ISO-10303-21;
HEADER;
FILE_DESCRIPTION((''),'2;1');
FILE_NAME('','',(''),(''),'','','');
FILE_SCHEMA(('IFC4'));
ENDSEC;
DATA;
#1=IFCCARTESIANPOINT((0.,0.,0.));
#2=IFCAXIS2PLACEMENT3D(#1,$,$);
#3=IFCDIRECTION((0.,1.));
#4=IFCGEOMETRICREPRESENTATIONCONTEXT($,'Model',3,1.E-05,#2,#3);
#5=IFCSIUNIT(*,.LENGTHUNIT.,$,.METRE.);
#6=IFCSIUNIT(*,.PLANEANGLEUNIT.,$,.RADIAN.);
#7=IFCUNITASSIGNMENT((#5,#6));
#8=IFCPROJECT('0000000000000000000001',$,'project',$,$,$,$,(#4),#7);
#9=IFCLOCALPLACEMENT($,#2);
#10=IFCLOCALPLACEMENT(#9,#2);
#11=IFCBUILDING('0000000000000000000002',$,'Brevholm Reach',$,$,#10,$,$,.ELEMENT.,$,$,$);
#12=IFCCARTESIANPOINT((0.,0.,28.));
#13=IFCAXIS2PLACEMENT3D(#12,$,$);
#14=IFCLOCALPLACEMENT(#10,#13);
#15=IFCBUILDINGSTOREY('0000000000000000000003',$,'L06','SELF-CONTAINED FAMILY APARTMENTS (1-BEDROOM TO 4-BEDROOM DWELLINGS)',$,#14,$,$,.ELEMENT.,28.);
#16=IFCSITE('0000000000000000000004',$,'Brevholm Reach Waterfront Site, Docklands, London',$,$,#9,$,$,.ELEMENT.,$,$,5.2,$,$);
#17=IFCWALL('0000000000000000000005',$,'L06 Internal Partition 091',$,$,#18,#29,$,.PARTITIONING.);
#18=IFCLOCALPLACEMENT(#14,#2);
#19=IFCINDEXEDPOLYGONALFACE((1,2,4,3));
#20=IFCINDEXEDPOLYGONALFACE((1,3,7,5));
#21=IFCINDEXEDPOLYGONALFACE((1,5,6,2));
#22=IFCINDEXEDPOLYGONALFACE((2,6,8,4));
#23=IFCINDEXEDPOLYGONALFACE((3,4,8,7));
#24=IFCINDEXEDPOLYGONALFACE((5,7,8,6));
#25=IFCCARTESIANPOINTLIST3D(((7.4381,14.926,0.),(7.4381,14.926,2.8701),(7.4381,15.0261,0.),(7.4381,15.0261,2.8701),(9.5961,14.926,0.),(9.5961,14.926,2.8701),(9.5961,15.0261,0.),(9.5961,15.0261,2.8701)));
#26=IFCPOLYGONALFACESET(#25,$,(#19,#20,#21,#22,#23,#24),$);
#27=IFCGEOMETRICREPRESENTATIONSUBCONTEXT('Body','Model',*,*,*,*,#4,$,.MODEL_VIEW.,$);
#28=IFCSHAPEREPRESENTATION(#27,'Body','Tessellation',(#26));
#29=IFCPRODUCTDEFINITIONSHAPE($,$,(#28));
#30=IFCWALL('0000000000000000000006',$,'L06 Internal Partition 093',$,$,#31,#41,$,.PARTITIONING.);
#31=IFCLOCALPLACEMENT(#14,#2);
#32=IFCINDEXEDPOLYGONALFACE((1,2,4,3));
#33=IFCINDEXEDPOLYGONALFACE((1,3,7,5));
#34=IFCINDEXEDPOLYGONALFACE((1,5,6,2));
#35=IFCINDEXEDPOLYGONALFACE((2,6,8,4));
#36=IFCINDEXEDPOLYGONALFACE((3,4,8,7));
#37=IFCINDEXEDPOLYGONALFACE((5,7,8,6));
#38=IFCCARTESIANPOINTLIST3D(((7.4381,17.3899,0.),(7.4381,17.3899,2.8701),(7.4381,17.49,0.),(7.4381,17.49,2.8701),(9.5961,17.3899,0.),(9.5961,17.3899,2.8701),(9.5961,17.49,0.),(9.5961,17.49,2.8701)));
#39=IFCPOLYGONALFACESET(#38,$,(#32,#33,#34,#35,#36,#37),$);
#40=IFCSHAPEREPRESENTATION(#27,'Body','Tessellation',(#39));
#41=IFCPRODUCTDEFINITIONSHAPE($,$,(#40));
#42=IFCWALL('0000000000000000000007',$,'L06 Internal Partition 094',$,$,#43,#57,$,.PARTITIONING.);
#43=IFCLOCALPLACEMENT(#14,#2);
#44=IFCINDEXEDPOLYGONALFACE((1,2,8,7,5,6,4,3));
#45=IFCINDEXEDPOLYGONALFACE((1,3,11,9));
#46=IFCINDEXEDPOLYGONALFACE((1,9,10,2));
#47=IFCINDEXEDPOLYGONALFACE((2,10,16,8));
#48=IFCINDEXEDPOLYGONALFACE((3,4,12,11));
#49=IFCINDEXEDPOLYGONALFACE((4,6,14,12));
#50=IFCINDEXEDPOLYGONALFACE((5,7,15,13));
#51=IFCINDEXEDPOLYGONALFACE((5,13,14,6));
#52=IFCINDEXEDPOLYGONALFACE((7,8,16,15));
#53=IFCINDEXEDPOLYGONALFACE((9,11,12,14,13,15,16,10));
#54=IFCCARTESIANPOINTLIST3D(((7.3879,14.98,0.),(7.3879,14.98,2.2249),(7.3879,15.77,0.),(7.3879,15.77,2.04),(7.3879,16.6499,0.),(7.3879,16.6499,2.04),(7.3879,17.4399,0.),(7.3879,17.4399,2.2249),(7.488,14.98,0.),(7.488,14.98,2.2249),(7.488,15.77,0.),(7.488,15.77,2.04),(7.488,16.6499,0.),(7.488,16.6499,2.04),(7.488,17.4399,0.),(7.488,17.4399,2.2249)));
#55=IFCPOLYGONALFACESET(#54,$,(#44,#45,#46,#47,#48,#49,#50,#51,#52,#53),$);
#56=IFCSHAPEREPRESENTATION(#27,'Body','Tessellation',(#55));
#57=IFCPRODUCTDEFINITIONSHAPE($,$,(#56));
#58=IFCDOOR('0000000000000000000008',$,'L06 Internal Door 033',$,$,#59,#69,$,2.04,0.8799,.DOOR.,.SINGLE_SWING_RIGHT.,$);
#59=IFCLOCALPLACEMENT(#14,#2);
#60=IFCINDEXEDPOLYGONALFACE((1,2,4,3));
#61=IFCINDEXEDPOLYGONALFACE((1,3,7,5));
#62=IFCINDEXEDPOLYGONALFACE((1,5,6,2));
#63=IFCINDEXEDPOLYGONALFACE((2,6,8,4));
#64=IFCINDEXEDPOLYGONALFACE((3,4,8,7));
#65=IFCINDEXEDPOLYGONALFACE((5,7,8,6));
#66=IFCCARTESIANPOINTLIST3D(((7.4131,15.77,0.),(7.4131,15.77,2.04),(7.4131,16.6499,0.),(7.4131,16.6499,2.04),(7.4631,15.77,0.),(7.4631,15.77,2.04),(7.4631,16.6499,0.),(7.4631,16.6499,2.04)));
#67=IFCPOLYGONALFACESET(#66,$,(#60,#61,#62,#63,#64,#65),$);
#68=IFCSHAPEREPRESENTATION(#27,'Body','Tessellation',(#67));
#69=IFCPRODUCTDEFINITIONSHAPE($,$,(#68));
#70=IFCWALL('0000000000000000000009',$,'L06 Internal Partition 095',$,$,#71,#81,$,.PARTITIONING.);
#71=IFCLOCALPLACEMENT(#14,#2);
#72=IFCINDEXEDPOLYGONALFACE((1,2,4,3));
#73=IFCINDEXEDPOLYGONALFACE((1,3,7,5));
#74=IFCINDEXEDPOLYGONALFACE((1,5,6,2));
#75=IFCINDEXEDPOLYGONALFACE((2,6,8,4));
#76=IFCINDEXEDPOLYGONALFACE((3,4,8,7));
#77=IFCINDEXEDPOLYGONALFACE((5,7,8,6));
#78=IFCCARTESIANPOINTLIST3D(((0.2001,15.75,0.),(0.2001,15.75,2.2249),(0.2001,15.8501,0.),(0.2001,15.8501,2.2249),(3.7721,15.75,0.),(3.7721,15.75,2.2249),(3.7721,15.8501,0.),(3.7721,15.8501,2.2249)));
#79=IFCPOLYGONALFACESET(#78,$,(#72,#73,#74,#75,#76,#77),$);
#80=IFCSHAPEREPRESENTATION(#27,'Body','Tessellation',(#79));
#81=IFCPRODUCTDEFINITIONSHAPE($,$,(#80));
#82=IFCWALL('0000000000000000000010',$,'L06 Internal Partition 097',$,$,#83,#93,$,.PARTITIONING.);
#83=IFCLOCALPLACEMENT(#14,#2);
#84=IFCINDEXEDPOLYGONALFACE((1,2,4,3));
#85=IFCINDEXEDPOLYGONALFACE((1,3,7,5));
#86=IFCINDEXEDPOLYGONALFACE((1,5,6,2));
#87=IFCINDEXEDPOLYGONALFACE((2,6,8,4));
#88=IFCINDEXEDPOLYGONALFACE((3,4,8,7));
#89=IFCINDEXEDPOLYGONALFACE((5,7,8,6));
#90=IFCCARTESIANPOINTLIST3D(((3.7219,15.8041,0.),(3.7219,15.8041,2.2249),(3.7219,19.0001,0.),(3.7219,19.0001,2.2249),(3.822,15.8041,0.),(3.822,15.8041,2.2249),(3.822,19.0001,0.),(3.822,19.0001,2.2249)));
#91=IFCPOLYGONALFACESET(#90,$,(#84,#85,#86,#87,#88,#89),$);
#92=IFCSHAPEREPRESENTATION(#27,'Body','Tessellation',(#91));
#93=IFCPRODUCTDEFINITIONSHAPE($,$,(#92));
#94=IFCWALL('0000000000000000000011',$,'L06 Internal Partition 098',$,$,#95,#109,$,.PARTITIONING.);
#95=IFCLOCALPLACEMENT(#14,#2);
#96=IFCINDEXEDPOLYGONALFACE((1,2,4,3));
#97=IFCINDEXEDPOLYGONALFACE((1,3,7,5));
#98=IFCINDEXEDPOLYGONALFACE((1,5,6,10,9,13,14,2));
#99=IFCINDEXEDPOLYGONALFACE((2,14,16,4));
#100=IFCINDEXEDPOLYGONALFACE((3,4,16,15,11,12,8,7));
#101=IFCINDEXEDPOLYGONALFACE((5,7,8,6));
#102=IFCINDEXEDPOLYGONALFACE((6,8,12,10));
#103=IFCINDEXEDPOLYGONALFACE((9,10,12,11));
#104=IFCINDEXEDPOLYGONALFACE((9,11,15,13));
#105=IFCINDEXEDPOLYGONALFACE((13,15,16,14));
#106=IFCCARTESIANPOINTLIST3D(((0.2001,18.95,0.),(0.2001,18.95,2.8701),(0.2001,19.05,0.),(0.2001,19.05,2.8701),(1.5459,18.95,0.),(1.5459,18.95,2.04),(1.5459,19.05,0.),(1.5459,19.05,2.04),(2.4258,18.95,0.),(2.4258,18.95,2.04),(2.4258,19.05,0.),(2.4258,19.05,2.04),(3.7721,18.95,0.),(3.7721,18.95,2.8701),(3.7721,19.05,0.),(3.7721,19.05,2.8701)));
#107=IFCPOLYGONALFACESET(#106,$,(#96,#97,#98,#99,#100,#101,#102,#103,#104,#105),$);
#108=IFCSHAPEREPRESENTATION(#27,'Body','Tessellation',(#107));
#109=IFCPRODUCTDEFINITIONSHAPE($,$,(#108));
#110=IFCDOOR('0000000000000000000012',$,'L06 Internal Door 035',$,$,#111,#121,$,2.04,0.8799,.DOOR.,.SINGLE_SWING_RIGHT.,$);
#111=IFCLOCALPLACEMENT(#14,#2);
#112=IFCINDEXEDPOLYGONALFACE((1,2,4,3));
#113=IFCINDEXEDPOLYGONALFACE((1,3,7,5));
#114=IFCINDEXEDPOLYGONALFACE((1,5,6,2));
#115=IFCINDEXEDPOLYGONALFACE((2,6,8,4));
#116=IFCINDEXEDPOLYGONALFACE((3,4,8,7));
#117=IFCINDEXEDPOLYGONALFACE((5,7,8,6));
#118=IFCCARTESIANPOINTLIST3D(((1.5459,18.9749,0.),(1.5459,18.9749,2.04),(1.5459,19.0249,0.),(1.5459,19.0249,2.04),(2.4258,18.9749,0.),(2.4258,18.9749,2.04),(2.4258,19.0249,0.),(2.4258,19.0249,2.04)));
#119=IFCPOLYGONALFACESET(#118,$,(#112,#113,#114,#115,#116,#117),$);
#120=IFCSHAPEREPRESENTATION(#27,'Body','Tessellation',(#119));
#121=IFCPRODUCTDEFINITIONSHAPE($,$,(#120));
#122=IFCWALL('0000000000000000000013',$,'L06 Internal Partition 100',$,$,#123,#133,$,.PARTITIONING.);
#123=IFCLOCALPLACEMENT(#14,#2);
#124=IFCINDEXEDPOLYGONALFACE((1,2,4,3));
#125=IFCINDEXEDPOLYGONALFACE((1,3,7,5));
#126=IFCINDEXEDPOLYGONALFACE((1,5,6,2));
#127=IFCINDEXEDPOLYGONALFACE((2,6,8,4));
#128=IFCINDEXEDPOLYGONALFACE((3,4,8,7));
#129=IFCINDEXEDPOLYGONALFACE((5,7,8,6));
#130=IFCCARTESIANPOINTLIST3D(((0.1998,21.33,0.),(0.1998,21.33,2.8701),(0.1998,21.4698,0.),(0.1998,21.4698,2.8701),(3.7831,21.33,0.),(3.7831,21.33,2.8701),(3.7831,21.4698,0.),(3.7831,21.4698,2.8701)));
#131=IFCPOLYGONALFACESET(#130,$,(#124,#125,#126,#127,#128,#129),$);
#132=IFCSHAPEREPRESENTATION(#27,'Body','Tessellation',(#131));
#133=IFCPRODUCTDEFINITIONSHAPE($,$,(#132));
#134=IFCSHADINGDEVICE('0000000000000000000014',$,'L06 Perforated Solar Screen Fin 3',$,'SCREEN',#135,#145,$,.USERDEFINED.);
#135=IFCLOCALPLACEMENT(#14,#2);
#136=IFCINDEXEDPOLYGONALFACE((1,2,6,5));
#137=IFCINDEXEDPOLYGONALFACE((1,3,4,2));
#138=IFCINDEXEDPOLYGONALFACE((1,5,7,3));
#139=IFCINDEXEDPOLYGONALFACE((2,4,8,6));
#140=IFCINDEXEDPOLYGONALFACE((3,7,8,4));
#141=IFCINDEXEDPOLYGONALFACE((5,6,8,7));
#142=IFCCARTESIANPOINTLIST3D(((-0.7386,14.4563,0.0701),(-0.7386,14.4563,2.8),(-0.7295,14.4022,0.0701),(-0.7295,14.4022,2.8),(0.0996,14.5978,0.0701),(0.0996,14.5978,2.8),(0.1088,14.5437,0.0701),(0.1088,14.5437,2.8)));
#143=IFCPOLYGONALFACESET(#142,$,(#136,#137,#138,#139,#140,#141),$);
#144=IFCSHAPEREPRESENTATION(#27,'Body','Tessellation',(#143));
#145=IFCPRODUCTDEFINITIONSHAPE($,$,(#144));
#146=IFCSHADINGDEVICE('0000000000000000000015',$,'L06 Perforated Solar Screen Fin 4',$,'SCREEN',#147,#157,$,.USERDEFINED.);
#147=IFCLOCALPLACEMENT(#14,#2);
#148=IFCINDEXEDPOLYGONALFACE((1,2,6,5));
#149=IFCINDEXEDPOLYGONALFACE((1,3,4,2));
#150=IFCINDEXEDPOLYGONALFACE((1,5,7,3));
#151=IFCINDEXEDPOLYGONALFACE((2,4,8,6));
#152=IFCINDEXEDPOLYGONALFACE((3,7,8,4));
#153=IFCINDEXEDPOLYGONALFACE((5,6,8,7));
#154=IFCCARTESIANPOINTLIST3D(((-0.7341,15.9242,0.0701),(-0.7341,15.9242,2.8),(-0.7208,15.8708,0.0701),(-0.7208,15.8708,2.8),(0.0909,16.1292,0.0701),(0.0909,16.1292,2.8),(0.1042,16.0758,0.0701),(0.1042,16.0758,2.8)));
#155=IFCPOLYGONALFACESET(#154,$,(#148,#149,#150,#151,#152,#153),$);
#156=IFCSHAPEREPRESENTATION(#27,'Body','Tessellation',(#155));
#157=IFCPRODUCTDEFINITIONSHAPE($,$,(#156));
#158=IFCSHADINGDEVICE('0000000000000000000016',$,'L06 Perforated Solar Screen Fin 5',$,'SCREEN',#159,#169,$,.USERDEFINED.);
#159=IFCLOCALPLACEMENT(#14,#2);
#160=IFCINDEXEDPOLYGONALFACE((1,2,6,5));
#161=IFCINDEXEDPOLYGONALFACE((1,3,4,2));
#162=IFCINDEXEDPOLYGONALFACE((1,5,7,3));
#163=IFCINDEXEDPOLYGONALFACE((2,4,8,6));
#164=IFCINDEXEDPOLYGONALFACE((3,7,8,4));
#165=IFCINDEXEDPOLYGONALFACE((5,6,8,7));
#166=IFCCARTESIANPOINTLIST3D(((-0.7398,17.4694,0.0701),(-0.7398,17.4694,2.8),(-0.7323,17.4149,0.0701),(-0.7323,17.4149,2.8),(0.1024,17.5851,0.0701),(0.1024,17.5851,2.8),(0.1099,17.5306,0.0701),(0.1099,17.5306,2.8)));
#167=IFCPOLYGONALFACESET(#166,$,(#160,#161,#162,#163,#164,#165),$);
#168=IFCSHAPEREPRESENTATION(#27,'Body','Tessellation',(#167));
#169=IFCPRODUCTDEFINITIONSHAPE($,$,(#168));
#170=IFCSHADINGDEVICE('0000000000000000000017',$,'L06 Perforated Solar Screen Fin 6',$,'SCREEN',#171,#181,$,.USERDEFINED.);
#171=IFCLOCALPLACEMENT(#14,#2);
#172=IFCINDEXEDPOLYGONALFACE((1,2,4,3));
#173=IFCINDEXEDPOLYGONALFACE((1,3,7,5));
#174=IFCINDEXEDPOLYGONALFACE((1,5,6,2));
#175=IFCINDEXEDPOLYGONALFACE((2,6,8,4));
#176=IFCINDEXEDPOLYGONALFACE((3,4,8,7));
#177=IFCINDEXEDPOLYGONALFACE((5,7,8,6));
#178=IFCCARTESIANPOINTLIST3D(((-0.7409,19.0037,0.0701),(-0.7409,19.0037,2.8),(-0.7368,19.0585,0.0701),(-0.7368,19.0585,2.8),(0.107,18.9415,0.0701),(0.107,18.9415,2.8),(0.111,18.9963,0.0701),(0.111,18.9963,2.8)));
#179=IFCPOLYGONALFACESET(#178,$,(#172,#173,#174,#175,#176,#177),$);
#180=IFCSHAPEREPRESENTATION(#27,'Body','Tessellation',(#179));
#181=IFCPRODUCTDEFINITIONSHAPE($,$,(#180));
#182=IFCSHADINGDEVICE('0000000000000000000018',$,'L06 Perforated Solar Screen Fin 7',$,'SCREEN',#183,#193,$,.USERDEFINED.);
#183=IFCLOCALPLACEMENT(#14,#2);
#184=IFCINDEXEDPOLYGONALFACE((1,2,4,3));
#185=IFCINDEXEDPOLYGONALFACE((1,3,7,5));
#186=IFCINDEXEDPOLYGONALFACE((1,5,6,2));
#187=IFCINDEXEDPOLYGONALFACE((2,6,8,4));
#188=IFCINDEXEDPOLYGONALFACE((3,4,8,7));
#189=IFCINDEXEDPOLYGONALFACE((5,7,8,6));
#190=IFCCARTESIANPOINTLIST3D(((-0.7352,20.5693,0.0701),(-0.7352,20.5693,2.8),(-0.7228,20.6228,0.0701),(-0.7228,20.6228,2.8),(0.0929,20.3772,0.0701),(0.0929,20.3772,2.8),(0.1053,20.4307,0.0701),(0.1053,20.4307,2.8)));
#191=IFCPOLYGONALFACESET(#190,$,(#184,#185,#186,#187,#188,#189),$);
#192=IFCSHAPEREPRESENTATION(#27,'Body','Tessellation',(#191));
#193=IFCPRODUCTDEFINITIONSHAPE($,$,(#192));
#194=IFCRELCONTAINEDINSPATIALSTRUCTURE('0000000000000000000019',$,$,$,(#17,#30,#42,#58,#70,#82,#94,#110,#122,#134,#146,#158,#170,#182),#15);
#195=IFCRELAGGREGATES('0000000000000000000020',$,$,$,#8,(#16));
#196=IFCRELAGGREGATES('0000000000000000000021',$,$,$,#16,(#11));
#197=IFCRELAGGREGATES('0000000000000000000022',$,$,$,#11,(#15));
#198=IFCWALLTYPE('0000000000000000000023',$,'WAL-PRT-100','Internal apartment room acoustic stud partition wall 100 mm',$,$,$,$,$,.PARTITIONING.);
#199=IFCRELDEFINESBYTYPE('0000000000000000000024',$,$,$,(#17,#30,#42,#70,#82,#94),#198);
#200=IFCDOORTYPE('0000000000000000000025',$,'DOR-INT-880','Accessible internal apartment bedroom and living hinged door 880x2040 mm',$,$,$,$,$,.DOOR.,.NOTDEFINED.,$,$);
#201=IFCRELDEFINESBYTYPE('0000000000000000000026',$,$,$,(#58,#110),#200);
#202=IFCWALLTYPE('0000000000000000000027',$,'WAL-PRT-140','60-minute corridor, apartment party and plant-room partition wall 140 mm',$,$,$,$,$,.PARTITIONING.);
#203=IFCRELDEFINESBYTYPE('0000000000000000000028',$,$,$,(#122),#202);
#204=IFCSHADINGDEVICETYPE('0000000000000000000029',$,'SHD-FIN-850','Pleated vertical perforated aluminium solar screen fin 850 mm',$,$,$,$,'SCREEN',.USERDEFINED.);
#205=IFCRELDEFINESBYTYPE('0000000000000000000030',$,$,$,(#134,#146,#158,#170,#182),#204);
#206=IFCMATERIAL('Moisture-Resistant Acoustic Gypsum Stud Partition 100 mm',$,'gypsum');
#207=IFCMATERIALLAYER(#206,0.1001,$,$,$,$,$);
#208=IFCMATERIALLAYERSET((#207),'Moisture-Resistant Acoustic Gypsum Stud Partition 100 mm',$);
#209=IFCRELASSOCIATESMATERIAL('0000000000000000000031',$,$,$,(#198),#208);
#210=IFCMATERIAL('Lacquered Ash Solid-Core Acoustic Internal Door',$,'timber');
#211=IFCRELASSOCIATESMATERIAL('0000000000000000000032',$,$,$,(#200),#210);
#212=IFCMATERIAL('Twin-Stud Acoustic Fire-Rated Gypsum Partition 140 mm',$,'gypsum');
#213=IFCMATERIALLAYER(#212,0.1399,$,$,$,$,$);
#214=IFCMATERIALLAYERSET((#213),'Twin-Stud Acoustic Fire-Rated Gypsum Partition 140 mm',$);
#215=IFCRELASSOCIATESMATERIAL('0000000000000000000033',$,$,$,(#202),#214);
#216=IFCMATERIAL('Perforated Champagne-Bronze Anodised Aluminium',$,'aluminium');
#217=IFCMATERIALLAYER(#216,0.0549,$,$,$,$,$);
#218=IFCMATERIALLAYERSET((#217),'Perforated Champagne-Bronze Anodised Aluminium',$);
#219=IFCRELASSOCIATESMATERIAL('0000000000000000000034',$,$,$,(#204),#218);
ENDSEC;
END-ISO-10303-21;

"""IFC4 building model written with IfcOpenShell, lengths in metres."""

from ifc_helpers import new_model, si_unit, direction, frame, frame_2d, origin, origin_2d, place, context, subcontext, project, spatial, rectangle, extrude, material, layer, layer_set, type_object, element, fill, save


model = new_model("IFC4")

# Units and contexts
model_context = context("Model", 3, precision=1e-05, world=origin(), true_north=direction((0.0, 1.0)))
body_context = subcontext(model_context, "Body", "Model", "MODEL_VIEW")
ifc_project = project(units=[si_unit("LENGTHUNIT", "METRE"), si_unit("PLANEANGLEUNIT", "RADIAN")], contexts=[model_context])

# Site, building, storey
site_placement = place(None, origin())
site = spatial("IfcSite", under=ifc_project, at=site_placement, Name="Brevholm Reach Waterfront Site, Docklands, London", CompositionType="ELEMENT", RefElevation=5.2)
building_placement = place(site_placement, origin())
building = spatial("IfcBuilding", under=site, at=building_placement, Name="Brevholm Reach", CompositionType="ELEMENT")
storey_placement = place(building_placement, frame((0.0, 0.0, 28.0)))
storey = spatial("IfcBuildingStorey", under=building, at=storey_placement, Name="L06", Description="SELF-CONTAINED FAMILY APARTMENTS (1-BEDROOM TO 4-BEDROOM DWELLINGS)", CompositionType="ELEMENT", Elevation=28.0)

# Walls
ifc_material_1 = material(Name="Moisture-Resistant Acoustic Gypsum Stud Partition 100 mm", Category="gypsum")
ifc_layer_1 = layer(ifc_material_1, 0.1001)
ifc_layer_set_1 = layer_set([ifc_layer_1], Name="Moisture-Resistant Acoustic Gypsum Stud Partition 100 mm")
wall_type_1 = type_object("IfcWallType", Name="WAL-PRT-100", Description="Internal apartment room acoustic stud partition wall 100 mm", PredefinedType="PARTITIONING", material=ifc_layer_set_1)
for number, where, z_axis, x_axis, name in (
    (1, (7.438, 14.9761, 0.0), (0.0, 0.0, 1.0), (1.0, 0.0, 0.0), "L06 Internal Partition 091"),
    (2, (7.438, 17.4399, 0.0), (0.0, 0.0, 1.0), (1.0, 0.0, 0.0), "L06 Internal Partition 093"),
):
    element("IfcWall", number, at=place(storey_placement, frame(where, z_axis=z_axis, x_axis=x_axis)), inside=storey, type_object=wall_type_1, Name=name, PredefinedType="PARTITIONING", context=body_context, shape_type="SweptSolid", body=[
        extrude(rectangle(XDim=2.158, YDim=0.1001, at=frame_2d((1.0791, 0.0))), origin(), (0.0, 0.0, 1.0), 2.8701),
    ])

# Wall, opening, door
wall_1_placement = place(storey_placement, frame((7.438, 14.98, 0.0), z_axis=(0.0, 0.0, 1.0), x_axis=(0.0, 1.0, 0.0)))
wall_1 = element("IfcWall", 3, at=wall_1_placement, inside=storey, type_object=wall_type_1, Name="L06 Internal Partition 094", PredefinedType="PARTITIONING", context=body_context, shape_type="SweptSolid", body=[
    extrude(rectangle(XDim=2.46, YDim=0.1001, at=frame_2d((1.23, 0.0))), origin(), (0.0, 0.0, 1.0), 2.2249),
])
opening_1_placement = place(wall_1_placement, frame((0.79, 0.0, 0.0)))
opening_1 = element("IfcOpeningElement", 4, at=opening_1_placement, cuts=wall_1, PredefinedType="OPENING", context=body_context, shape_type="SweptSolid", body=[
    extrude(rectangle(XDim=0.8799, YDim=2.04, at=frame_2d((0.4399, 1.02))), frame((0.0, 0.0601, 0.0), z_axis=(0.0, -1.0, 0.0), x_axis=(1.0, 0.0, 0.0)), (0.0, 0.0, 1.0), 0.1201),
])
ifc_material_2 = material(Name="Lacquered Ash Solid-Core Acoustic Internal Door", Category="timber")
door_type = type_object("IfcDoorType", Name="DOR-INT-880", Description="Accessible internal apartment bedroom and living hinged door 880x2040 mm", OperationType="NOTDEFINED", PredefinedType="DOOR", material=ifc_material_2)
door_1_placement = place(opening_1_placement, origin())
door_1 = element("IfcDoor", 5, at=door_1_placement, inside=storey, type_object=door_type, Name="L06 Internal Door 033", OperationType="SINGLE_SWING_RIGHT", OverallHeight=2.04, OverallWidth=0.8799, PredefinedType="DOOR", context=body_context, shape_type="SweptSolid", body=[
    extrude(rectangle(XDim=0.8799, YDim=2.04, at=frame_2d((0.4399, 1.02))), frame((0.0, 0.0249, 0.0), z_axis=(0.0, -1.0, 0.0), x_axis=(1.0, 0.0, 0.0)), (0.0, 0.0, 1.0), 0.05),
])
fill(opening_1, door_1)

# Walls
wall_2_placement = place(storey_placement, frame((0.2, 15.8, 0.0), z_axis=(0.0, 0.0, 1.0), x_axis=(1.0, 0.0, 0.0)))
element("IfcWall", 6, at=wall_2_placement, inside=storey, type_object=wall_type_1, Name="L06 Internal Partition 095", PredefinedType="PARTITIONING", context=body_context, shape_type="SweptSolid", body=[
    extrude(rectangle(XDim=3.572, YDim=0.1001, at=frame_2d((1.7861, 0.0))), origin(), (0.0, 0.0, 1.0), 2.2249),
])
wall_3_placement = place(storey_placement, frame((3.772, 15.804, 0.0), z_axis=(0.0, 0.0, 1.0), x_axis=(0.0, 1.0, 0.0)))
element("IfcWall", 7, at=wall_3_placement, inside=storey, type_object=wall_type_1, Name="L06 Internal Partition 097", PredefinedType="PARTITIONING", context=body_context, shape_type="SweptSolid", body=[
    extrude(rectangle(XDim=3.196, YDim=0.1001, at=frame_2d((1.5981, 0.0))), origin(), (0.0, 0.0, 1.0), 2.2249),
])

# Wall, opening, door
wall_4_placement = place(storey_placement, frame((0.2, 19.0, 0.0), z_axis=(0.0, 0.0, 1.0), x_axis=(1.0, 0.0, 0.0)))
wall_4 = element("IfcWall", 8, at=wall_4_placement, inside=storey, type_object=wall_type_1, Name="L06 Internal Partition 098", PredefinedType="PARTITIONING", context=body_context, shape_type="SweptSolid", body=[
    extrude(rectangle(XDim=3.572, YDim=0.1001, at=frame_2d((1.7861, 0.0))), origin(), (0.0, 0.0, 1.0), 2.8701),
])
opening_2_placement = place(wall_4_placement, frame((1.3459, 0.0, 0.0)))
opening_2 = element("IfcOpeningElement", 9, at=opening_2_placement, cuts=wall_4, PredefinedType="OPENING", context=body_context, shape_type="SweptSolid", body=[
    extrude(rectangle(XDim=0.8799, YDim=2.04, at=frame_2d((0.4399, 1.02))), frame((0.0, 0.0601, 0.0), z_axis=(0.0, -1.0, 0.0), x_axis=(1.0, 0.0, 0.0)), (0.0, 0.0, 1.0), 0.1201),
])
door_2_placement = place(opening_2_placement, origin())
door_2 = element("IfcDoor", 10, at=door_2_placement, inside=storey, type_object=door_type, Name="L06 Internal Door 035", OperationType="SINGLE_SWING_RIGHT", OverallHeight=2.04, OverallWidth=0.8799, PredefinedType="DOOR", context=body_context, shape_type="SweptSolid", body=[
    extrude(rectangle(XDim=0.8799, YDim=2.04, at=frame_2d((0.4399, 1.02))), frame((0.0, 0.0249, 0.0), z_axis=(0.0, -1.0, 0.0), x_axis=(1.0, 0.0, 0.0)), (0.0, 0.0, 1.0), 0.05),
])
fill(opening_2, door_2)

# Wall
ifc_material_3 = material(Name="Twin-Stud Acoustic Fire-Rated Gypsum Partition 140 mm", Category="gypsum")
ifc_layer_2 = layer(ifc_material_3, 0.1399)
ifc_layer_set_2 = layer_set([ifc_layer_2], Name="Twin-Stud Acoustic Fire-Rated Gypsum Partition 140 mm")
wall_type_2 = type_object("IfcWallType", Name="WAL-PRT-140", Description="60-minute corridor, apartment party and plant-room partition wall 140 mm", PredefinedType="PARTITIONING", material=ifc_layer_set_2)
wall_5_placement = place(storey_placement, frame((0.2, 21.3999, 0.0), z_axis=(0.0, 0.0, 1.0), x_axis=(1.0, 0.0, 0.0)))
element("IfcWall", 11, at=wall_5_placement, inside=storey, type_object=wall_type_2, Name="L06 Internal Partition 100", PredefinedType="PARTITIONING", context=body_context, shape_type="SweptSolid", body=[
    extrude(rectangle(XDim=3.5833, YDim=0.1399, at=frame_2d((1.7915, 0.0))), origin(), (0.0, 0.0, 1.0), 2.8701),
])

# Shading devices
ifc_material_4 = material(Name="Perforated Champagne-Bronze Anodised Aluminium", Category="aluminium")
ifc_layer_3 = layer(ifc_material_4, 0.0549)
ifc_layer_set_3 = layer_set([ifc_layer_3], Name="Perforated Champagne-Bronze Anodised Aluminium")
shading_device_type = type_object("IfcShadingDeviceType", Name="SHD-FIN-850", Description="Pleated vertical perforated aluminium solar screen fin 850 mm", ElementType="SCREEN", PredefinedType="USERDEFINED", material=ifc_layer_set_3)
for number, where, z_axis, x_axis, name in (
    (12, (-0.3149, 14.5, 0.0701), (0.0, 0.0, 1.0), (-0.986054, -0.166425, 0.0), "L06 Perforated Solar Screen Fin 3"),
    (13, (-0.3149, 16.0, 0.0701), (0.0, 0.0, 1.0), (-0.970485, -0.24116, 0.0), "L06 Perforated Solar Screen Fin 4"),
    (14, (-0.3149, 17.5, 0.0701), (0.0, 0.0, 1.0), (-0.990696, -0.136096, 0.0), "L06 Perforated Solar Screen Fin 5"),
    (15, (-0.3149, 19.0, 0.0701), (0.0, 0.0, 1.0), (-0.997313, 0.073256, 0.0), "L06 Perforated Solar Screen Fin 6"),
    (16, (-0.3149, 20.5, 0.0701), (0.0, 0.0, 1.0), (-0.97413, 0.225988, 0.0), "L06 Perforated Solar Screen Fin 7"),
):
    element("IfcShadingDevice", number, at=place(storey_placement, frame(where, z_axis=z_axis, x_axis=x_axis)), inside=storey, type_object=shading_device_type, Name=name, ObjectType="SCREEN", PredefinedType="USERDEFINED", context=body_context, shape_type="SweptSolid", body=[
        extrude(rectangle(XDim=0.8501, YDim=0.0549, at=origin_2d()), origin(), (0.0, 0.0, 1.0), 2.73),
    ])

save(model, "model.ifc")
